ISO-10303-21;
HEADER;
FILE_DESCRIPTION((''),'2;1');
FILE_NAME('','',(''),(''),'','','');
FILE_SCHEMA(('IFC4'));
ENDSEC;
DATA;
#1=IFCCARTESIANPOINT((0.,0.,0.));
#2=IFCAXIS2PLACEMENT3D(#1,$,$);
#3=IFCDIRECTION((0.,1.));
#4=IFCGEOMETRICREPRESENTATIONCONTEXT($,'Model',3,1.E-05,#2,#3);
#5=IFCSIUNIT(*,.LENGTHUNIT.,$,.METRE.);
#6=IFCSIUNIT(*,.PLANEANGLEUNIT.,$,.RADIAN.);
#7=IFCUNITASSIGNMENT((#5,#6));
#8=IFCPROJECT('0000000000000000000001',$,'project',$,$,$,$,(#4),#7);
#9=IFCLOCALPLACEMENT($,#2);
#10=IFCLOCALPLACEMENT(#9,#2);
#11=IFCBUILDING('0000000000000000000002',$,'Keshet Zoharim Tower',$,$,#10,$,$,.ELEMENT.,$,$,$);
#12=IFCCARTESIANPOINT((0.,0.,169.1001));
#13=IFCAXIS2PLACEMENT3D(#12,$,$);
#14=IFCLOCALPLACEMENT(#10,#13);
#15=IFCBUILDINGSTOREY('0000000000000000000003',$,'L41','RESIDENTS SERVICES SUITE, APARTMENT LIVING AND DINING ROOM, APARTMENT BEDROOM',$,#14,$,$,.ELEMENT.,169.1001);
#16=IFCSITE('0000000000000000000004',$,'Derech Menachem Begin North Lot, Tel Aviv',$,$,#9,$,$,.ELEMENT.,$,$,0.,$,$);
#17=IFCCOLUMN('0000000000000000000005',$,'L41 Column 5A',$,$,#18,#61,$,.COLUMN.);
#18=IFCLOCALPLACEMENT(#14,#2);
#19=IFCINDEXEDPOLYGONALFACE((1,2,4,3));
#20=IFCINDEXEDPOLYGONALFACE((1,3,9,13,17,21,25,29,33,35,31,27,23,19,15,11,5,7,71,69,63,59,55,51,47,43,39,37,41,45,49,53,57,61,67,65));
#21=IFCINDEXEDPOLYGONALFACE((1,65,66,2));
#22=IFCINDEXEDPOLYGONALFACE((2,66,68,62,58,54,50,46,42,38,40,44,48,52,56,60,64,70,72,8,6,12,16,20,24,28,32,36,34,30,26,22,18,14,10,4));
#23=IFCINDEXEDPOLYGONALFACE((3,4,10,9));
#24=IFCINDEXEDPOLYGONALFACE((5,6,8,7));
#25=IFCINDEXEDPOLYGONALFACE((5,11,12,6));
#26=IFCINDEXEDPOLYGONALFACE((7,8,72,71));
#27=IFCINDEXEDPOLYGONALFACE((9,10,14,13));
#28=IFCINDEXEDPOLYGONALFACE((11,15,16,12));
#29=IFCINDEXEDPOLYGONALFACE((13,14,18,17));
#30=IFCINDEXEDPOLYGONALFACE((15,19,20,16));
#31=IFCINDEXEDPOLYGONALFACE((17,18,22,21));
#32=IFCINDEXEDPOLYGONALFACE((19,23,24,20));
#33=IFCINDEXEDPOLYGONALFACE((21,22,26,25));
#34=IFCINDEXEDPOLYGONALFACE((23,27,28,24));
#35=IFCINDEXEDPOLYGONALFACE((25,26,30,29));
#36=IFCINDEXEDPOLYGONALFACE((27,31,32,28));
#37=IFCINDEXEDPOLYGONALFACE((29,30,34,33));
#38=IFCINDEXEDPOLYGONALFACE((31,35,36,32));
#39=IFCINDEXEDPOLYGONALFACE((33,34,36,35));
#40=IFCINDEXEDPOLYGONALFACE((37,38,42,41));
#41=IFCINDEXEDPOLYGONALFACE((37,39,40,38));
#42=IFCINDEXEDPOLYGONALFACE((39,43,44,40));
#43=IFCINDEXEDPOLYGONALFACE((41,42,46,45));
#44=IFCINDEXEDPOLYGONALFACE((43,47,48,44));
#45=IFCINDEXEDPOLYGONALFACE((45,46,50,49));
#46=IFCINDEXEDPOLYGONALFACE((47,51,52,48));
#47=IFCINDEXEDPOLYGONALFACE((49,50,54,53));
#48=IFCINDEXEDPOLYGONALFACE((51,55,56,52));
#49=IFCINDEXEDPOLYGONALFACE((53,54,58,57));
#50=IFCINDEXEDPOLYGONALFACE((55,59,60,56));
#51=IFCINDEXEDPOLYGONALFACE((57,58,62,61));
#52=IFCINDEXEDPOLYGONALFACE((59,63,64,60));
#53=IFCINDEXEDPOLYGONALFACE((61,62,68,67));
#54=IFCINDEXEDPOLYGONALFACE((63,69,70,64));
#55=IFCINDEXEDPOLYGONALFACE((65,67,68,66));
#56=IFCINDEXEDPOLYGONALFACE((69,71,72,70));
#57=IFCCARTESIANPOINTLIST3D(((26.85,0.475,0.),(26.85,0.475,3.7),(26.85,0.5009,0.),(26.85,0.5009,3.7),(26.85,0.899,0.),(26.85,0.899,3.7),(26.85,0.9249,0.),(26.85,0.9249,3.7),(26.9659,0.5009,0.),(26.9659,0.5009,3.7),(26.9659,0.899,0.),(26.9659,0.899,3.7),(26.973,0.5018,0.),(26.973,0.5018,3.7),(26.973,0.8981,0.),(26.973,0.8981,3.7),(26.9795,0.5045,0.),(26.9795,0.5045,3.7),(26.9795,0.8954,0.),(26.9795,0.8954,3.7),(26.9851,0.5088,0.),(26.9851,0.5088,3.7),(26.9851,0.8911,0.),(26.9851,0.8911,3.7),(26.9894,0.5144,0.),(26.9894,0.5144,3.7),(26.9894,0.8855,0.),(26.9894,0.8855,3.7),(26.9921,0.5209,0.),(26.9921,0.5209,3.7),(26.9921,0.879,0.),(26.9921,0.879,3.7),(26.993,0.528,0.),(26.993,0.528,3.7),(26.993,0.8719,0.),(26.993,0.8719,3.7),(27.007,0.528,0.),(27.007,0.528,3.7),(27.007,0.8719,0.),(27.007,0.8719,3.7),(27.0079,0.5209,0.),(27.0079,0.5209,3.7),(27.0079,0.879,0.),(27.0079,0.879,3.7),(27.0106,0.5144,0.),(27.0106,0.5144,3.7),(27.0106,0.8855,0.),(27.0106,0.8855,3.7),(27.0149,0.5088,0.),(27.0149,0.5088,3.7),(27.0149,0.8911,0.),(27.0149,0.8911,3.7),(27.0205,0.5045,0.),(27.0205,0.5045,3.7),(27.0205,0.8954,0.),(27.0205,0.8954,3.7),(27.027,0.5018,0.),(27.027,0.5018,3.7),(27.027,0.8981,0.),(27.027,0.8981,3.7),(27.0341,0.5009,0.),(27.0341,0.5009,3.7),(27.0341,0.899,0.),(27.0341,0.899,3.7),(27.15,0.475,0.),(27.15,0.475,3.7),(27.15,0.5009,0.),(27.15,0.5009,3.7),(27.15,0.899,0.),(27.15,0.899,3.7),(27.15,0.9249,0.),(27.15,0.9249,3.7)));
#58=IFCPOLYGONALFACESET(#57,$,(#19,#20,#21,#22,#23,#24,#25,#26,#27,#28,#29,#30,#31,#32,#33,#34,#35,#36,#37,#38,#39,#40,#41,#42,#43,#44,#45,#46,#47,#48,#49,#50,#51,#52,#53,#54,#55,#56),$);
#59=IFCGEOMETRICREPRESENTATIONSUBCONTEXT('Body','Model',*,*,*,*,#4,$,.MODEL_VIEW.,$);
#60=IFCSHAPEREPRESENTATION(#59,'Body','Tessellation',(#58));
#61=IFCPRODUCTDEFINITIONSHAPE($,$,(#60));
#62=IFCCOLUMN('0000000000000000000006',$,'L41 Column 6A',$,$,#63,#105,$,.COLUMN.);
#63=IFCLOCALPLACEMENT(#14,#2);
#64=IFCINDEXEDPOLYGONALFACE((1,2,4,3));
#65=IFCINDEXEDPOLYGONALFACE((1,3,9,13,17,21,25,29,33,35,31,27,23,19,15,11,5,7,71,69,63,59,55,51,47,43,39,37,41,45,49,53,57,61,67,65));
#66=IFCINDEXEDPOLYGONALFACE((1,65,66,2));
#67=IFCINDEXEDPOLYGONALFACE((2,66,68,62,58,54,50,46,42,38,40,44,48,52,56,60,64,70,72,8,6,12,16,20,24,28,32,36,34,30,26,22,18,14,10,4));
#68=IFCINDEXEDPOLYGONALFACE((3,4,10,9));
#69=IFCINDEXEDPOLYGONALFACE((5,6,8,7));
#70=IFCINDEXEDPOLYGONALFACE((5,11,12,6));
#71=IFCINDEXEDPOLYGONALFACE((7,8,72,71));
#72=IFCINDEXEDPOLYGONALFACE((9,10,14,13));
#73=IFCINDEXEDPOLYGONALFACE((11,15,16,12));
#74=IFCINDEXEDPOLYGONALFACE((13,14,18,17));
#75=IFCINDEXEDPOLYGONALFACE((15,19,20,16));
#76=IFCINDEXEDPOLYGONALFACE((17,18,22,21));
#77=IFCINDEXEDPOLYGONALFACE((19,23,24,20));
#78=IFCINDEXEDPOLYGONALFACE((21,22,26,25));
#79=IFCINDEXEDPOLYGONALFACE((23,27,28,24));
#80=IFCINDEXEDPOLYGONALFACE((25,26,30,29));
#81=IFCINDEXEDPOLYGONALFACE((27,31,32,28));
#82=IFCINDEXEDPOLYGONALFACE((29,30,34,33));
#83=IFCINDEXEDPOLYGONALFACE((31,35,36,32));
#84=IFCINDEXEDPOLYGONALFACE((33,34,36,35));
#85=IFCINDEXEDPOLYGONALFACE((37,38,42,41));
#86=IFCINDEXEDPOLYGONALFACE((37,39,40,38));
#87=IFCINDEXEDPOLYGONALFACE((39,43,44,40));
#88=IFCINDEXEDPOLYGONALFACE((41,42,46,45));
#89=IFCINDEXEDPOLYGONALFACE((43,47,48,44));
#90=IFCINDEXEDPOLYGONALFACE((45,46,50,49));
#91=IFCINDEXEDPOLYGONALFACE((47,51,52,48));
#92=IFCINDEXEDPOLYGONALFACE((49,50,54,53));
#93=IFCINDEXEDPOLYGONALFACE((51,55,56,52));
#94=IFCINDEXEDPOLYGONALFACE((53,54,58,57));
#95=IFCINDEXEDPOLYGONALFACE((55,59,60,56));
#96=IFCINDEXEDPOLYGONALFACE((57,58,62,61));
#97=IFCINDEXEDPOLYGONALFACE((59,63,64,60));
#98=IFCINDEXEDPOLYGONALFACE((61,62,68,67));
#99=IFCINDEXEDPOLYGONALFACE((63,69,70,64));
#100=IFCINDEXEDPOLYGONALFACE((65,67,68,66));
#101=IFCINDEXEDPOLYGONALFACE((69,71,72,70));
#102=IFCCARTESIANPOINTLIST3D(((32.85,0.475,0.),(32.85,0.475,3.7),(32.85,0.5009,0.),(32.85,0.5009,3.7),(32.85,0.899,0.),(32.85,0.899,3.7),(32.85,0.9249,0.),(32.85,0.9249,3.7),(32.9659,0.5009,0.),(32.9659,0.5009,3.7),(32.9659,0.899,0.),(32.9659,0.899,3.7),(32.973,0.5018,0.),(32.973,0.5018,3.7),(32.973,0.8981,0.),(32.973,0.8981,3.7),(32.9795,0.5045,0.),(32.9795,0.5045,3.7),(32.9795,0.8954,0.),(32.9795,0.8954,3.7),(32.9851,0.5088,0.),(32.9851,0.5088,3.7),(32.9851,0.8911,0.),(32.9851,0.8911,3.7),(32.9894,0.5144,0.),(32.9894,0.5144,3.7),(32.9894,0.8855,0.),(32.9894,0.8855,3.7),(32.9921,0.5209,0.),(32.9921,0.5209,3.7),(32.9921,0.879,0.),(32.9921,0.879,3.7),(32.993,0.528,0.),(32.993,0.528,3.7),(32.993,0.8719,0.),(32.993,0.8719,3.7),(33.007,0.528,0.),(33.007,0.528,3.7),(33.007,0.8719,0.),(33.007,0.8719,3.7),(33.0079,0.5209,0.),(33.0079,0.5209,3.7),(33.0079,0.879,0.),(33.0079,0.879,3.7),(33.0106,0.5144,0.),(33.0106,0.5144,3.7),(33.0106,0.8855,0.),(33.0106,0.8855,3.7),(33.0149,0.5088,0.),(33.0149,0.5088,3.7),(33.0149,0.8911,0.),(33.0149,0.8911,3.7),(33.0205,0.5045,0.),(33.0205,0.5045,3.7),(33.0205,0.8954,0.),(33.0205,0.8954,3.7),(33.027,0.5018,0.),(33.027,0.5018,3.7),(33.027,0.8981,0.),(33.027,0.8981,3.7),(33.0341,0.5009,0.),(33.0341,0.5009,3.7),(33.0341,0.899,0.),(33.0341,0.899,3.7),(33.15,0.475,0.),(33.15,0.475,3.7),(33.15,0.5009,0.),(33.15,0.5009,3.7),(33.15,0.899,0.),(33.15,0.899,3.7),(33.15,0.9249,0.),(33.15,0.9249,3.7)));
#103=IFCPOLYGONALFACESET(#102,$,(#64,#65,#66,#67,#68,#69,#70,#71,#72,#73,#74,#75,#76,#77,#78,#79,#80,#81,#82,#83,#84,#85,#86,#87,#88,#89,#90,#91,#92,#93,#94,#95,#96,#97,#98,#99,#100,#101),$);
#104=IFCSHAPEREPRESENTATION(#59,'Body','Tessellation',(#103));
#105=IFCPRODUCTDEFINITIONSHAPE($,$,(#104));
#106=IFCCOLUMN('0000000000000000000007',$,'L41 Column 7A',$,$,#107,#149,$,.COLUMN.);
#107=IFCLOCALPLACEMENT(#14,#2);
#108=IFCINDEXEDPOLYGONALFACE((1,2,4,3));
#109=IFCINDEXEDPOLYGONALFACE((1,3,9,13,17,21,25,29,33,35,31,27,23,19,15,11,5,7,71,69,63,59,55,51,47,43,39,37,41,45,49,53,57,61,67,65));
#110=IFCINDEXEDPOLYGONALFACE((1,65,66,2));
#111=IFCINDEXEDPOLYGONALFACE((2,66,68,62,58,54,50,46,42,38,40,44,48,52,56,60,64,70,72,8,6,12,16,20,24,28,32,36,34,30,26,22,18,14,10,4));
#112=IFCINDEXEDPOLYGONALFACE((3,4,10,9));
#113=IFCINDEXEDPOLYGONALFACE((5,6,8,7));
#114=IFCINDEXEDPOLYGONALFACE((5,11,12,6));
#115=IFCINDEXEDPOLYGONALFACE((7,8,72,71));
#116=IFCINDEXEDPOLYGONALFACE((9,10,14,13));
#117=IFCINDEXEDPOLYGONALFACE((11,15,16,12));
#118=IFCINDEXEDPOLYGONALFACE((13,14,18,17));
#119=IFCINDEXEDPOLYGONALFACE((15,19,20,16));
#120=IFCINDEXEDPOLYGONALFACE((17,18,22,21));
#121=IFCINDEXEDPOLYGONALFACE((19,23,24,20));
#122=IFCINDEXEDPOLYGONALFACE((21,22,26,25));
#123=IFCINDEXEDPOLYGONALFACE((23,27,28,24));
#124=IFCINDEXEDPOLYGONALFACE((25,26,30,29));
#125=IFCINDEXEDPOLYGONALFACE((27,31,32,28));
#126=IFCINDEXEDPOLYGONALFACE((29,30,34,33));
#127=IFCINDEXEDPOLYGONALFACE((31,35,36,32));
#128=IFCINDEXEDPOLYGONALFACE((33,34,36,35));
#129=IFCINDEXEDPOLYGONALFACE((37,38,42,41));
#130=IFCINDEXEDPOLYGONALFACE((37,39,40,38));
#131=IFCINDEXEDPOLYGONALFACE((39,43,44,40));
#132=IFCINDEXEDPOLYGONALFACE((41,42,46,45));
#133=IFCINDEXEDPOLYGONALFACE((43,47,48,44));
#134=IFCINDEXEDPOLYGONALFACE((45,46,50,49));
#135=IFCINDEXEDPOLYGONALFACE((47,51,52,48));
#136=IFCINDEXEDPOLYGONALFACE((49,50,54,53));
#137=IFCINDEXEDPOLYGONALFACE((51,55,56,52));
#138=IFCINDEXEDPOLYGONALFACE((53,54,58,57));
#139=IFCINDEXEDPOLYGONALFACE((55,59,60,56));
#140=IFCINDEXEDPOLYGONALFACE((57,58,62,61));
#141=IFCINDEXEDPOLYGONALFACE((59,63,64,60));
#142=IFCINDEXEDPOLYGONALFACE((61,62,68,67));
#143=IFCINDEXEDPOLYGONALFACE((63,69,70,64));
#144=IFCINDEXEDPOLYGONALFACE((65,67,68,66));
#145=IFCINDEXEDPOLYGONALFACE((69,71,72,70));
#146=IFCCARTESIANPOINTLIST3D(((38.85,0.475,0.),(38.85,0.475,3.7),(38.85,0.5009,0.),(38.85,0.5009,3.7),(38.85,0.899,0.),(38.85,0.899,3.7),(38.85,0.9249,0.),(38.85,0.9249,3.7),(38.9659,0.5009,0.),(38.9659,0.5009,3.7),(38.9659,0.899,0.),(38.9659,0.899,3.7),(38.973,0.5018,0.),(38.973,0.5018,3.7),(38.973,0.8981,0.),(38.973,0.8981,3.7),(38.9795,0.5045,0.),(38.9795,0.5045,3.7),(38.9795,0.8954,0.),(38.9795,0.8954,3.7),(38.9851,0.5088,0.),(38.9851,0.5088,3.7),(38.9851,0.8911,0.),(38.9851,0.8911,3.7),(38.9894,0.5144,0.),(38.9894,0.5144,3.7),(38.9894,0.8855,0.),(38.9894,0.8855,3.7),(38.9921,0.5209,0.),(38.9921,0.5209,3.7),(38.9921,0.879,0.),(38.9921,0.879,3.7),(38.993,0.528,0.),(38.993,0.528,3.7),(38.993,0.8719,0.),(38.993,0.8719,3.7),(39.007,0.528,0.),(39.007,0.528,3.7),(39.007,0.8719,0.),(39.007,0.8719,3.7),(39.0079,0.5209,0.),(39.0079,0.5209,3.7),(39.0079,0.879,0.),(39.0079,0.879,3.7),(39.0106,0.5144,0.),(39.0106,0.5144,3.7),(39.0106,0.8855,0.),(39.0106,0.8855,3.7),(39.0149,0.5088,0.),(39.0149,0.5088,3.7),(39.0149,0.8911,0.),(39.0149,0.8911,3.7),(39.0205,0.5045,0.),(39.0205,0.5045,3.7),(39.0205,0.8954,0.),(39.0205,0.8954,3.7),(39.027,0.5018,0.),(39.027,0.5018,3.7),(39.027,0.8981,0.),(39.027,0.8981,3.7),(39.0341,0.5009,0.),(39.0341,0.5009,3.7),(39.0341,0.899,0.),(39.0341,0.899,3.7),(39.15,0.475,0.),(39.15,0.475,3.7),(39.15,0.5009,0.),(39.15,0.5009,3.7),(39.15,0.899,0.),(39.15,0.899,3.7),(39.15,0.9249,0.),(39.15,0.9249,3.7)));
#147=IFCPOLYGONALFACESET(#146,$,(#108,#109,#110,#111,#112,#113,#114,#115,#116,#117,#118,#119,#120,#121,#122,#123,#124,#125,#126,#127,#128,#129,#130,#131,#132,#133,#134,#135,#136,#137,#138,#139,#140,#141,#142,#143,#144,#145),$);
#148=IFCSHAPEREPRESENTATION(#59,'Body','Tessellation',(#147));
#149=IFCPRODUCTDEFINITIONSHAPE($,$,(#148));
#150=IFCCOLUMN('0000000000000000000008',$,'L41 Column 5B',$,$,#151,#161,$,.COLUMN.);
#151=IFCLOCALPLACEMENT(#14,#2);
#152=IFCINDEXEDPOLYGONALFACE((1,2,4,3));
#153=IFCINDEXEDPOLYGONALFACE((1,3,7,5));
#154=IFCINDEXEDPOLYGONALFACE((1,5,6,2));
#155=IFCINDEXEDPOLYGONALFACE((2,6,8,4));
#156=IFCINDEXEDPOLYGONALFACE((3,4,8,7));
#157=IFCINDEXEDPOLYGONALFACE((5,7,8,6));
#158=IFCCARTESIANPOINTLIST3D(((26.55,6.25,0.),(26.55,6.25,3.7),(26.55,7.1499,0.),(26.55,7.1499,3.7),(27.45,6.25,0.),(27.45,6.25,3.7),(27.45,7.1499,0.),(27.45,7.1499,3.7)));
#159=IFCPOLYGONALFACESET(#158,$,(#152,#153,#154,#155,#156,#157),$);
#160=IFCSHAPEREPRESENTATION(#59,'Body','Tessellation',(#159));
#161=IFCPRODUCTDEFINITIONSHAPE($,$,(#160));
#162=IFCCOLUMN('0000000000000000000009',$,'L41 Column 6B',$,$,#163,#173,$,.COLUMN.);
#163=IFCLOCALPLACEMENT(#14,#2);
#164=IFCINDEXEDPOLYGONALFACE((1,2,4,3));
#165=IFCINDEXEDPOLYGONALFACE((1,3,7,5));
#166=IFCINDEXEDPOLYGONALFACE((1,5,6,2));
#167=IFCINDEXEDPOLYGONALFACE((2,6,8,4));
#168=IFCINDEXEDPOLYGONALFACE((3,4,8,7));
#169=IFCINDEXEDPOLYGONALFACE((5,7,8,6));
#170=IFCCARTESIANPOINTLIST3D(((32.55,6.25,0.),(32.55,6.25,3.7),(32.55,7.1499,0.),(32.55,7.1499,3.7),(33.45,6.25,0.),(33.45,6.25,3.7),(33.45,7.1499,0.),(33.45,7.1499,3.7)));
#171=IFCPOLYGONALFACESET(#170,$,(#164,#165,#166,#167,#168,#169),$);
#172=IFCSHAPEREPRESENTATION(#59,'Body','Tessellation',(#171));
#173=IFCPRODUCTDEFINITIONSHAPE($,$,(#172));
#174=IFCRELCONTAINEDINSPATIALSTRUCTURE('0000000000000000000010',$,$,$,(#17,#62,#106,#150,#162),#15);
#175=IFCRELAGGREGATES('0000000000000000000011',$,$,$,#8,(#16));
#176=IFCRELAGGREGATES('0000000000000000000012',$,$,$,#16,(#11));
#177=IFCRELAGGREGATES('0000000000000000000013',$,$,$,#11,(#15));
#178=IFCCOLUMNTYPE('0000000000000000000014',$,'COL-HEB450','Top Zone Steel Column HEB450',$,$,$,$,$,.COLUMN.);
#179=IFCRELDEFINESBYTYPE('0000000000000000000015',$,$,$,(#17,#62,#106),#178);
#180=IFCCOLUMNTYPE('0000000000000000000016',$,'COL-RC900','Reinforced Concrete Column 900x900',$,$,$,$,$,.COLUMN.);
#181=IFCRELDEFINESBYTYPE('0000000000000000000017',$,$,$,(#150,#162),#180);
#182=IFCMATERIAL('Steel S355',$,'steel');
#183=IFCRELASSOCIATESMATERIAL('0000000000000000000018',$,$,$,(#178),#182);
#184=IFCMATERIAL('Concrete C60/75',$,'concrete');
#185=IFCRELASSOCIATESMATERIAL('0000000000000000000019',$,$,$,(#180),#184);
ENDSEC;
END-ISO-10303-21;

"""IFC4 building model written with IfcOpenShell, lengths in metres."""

from ifc_helpers import new_model, si_unit, direction, frame, origin, origin_2d, place, context, subcontext, project, spatial, rectangle, i_section, extrude, material, material_profile, profile_set, type_object, element, save


model = new_model("IFC4")

# Units and contexts
model_context = context("Model", 3, precision=1e-05, world=origin(), true_north=direction((0.0, 1.0)))
body_context = subcontext(model_context, "Body", "Model", "MODEL_VIEW")
ifc_project = project(units=[si_unit("LENGTHUNIT", "METRE"), si_unit("PLANEANGLEUNIT", "RADIAN")], contexts=[model_context])

# Site, building, storey
site_placement = place(None, origin())
site = spatial("IfcSite", under=ifc_project, at=site_placement, Name="Derech Menachem Begin North Lot, Tel Aviv", CompositionType="ELEMENT", RefElevation=0.0)
building_placement = place(site_placement, origin())
building = spatial("IfcBuilding", under=site, at=building_placement, Name="Keshet Zoharim Tower", CompositionType="ELEMENT")
storey_placement = place(building_placement, frame((0.0, 0.0, 169.1001)))
storey = spatial("IfcBuildingStorey", under=building, at=storey_placement, Name="L41", Description="RESIDENTS SERVICES SUITE, APARTMENT LIVING AND DINING ROOM, APARTMENT BEDROOM", CompositionType="ELEMENT", Elevation=169.1001)

# Columns
ifc_material_1 = material(Name="Steel S355", Category="steel")
ifc_material_profile_1 = material_profile(ifc_material_1, i_section(OverallWidth=0.3, OverallDepth=0.45, WebThickness=0.0139, FlangeThickness=0.0259, FilletRadius=0.0271, at=origin_2d()), Name="HEB450")
ifc_profile_set_1 = profile_set([ifc_material_profile_1], Name="Steel S355")
column_type_1 = type_object("IfcColumnType", Name="COL-HEB450", Description="Top Zone Steel Column HEB450", PredefinedType="COLUMN", material=ifc_profile_set_1)
for number, where, z_axis, x_axis, name in (
    (1, (27.0, 0.7, 0.0), (0.0, 0.0, 1.0), (1.0, 0.0, 0.0), "L41 Column 5A"),
    (2, (33.0, 0.7, 0.0), (0.0, 0.0, 1.0), (1.0, 0.0, 0.0), "L41 Column 6A"),
    (3, (39.0, 0.7, 0.0), (0.0, 0.0, 1.0), (1.0, 0.0, 0.0), "L41 Column 7A"),
):
    element("IfcColumn", number, at=place(storey_placement, frame(where, z_axis=z_axis, x_axis=x_axis)), inside=storey, type_object=column_type_1, Name=name, PredefinedType="COLUMN", context=body_context, shape_type="SweptSolid", body=[
        extrude(i_section(OverallWidth=0.3, OverallDepth=0.45, WebThickness=0.0139, FlangeThickness=0.0259, FilletRadius=0.0271, at=origin_2d()), origin(), (0.0, 0.0, 1.0), 3.7),
    ])
ifc_material_2 = material(Name="Concrete C60/75", Category="concrete")
ifc_material_profile_2 = material_profile(ifc_material_2, rectangle(XDim=0.8999, YDim=0.8999, at=origin_2d()), Name="RC900x900")
ifc_profile_set_2 = profile_set([ifc_material_profile_2], Name="Concrete C60/75")
column_type_2 = type_object("IfcColumnType", Name="COL-RC900", Description="Reinforced Concrete Column 900x900", PredefinedType="COLUMN", material=ifc_profile_set_2)
for number, where, z_axis, x_axis, name in (
    (4, (27.0, 6.7, 0.0), (0.0, 0.0, 1.0), (1.0, 0.0, 0.0), "L41 Column 5B"),
    (5, (33.0, 6.7, 0.0), (0.0, 0.0, 1.0), (1.0, 0.0, 0.0), "L41 Column 6B"),
):
    element("IfcColumn", number, at=place(storey_placement, frame(where, z_axis=z_axis, x_axis=x_axis)), inside=storey, type_object=column_type_2, Name=name, PredefinedType="COLUMN", context=body_context, shape_type="SweptSolid", body=[
        extrude(rectangle(XDim=0.8999, YDim=0.8999, at=origin_2d()), origin(), (0.0, 0.0, 1.0), 3.7),
    ])

save(model, "model.ifc")
